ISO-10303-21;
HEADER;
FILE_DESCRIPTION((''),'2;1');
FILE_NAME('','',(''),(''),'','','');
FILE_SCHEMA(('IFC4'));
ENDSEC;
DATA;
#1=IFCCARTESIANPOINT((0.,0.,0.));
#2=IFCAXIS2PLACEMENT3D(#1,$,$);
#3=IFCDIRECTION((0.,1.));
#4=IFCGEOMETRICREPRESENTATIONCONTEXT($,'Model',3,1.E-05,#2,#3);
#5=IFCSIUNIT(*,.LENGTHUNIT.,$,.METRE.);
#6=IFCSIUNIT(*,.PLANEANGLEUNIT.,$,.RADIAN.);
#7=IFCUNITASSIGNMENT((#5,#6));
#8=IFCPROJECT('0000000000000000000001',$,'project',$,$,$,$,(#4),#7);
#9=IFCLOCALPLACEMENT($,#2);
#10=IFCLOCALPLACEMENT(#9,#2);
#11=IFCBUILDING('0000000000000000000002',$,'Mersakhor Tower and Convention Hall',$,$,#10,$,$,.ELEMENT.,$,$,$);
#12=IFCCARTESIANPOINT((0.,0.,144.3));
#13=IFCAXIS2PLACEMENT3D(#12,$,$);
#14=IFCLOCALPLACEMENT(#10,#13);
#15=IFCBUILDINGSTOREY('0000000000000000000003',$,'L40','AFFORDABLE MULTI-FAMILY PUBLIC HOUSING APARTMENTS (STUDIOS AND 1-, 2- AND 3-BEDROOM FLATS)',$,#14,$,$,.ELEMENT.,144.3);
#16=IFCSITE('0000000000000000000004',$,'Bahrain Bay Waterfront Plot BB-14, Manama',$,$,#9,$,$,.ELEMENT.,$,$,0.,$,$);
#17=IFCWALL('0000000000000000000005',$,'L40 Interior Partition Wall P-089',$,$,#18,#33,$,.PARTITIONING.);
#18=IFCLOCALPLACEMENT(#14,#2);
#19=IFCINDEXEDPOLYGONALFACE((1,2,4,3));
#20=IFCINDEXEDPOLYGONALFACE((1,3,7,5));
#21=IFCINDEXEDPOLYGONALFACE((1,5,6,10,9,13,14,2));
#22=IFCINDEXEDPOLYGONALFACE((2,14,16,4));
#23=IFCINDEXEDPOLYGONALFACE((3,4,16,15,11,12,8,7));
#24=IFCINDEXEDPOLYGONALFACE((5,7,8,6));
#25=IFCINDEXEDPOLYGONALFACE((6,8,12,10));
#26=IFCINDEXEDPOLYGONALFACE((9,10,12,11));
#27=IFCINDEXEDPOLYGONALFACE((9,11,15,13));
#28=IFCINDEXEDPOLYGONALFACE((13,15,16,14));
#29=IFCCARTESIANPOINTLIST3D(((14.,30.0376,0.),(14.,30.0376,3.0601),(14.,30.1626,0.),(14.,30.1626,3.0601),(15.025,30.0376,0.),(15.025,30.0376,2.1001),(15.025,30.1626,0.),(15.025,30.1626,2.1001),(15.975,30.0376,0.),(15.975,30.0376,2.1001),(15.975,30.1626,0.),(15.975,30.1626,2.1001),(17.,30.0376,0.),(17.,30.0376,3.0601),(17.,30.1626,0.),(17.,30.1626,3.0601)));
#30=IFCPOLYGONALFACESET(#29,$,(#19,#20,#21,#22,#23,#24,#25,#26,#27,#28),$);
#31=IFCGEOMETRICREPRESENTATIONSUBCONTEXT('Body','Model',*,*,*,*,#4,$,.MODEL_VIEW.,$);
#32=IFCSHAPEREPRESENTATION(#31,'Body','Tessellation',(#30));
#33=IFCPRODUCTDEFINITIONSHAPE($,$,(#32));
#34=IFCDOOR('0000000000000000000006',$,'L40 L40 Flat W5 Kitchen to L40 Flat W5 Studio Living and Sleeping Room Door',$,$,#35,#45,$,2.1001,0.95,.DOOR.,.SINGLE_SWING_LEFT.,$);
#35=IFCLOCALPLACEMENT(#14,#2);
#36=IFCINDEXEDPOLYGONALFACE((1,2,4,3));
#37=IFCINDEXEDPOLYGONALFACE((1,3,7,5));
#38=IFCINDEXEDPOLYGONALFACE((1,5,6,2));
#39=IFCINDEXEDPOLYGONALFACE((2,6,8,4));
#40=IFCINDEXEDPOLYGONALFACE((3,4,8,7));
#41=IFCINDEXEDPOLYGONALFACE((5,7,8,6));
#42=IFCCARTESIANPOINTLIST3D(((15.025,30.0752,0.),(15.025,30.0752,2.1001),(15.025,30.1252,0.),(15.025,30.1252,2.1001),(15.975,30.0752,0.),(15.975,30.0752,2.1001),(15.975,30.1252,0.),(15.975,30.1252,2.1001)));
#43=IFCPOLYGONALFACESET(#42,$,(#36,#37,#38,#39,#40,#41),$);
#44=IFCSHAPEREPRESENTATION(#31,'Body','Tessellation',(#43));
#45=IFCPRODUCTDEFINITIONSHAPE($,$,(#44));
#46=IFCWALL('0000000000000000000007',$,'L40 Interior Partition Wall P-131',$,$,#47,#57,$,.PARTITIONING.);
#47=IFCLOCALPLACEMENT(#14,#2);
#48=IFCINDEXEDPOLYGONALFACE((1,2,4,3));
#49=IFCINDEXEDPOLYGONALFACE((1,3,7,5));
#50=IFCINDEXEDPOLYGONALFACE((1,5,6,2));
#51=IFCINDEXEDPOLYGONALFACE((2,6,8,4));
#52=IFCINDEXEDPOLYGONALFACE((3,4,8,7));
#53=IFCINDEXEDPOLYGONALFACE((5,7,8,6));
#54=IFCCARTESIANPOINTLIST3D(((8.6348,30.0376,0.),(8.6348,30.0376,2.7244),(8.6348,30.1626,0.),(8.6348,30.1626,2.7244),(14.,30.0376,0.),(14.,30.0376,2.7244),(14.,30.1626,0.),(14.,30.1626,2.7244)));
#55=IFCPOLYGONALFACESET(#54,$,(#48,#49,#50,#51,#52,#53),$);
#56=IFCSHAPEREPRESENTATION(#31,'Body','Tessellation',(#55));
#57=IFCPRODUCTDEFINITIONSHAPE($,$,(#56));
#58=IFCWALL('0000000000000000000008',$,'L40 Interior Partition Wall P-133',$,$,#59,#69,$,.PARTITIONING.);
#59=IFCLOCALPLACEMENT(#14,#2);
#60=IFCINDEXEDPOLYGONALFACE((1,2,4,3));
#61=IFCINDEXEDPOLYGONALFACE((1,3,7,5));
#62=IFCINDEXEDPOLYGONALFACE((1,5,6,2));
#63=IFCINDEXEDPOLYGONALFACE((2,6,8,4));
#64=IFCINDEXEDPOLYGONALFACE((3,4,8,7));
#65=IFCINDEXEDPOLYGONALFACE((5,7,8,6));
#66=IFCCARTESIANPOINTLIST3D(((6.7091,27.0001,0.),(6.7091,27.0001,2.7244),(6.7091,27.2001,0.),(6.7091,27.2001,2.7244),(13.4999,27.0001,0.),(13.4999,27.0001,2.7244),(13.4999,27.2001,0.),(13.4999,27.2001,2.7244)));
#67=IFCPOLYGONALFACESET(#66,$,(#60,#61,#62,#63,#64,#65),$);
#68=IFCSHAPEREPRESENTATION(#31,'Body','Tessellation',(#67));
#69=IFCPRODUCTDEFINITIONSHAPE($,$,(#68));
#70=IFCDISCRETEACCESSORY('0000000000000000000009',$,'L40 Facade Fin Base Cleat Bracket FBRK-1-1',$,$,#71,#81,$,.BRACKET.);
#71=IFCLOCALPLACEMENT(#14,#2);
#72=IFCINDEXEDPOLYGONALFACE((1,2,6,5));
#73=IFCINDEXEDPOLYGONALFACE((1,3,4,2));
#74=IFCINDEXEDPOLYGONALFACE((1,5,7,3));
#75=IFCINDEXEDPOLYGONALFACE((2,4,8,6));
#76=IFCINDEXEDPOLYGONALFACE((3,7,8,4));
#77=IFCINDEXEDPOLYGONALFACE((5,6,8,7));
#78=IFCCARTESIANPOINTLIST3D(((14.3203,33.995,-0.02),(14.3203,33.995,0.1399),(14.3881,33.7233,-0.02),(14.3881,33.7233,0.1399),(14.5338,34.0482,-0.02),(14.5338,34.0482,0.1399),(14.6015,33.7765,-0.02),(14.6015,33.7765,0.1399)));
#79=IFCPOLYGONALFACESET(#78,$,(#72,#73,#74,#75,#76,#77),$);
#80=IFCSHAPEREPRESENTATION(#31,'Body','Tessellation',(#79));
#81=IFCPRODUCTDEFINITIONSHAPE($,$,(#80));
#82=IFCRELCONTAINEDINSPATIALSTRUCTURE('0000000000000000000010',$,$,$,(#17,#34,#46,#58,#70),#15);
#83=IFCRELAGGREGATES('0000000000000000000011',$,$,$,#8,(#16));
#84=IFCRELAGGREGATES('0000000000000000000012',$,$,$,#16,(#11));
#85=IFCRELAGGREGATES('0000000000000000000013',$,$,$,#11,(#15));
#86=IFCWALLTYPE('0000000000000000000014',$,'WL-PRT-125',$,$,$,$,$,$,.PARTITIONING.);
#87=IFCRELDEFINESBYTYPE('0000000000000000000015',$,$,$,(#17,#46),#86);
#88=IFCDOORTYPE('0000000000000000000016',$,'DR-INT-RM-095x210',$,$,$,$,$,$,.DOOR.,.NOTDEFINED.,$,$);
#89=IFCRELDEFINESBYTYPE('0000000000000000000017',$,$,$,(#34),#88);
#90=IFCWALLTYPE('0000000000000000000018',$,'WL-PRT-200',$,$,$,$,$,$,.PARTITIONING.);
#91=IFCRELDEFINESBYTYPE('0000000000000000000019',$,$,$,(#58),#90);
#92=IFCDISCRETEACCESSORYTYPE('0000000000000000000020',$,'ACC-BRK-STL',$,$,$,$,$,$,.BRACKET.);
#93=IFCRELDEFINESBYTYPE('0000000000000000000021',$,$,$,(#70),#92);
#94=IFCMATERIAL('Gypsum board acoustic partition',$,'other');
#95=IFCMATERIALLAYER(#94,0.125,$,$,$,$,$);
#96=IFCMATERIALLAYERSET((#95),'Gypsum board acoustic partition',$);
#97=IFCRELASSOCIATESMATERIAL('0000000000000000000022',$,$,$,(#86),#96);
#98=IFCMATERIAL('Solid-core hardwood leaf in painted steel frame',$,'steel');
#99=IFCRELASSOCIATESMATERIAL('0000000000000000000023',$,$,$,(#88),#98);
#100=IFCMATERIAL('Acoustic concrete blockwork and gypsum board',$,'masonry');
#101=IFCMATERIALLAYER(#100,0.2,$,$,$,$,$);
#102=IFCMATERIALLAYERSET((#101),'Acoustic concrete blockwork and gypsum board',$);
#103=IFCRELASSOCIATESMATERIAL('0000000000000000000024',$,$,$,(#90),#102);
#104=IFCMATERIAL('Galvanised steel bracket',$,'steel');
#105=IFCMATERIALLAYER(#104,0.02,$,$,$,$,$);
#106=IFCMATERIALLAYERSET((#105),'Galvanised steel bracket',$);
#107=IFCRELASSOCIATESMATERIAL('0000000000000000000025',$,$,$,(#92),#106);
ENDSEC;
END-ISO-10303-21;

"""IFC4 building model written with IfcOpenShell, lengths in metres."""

from ifc_helpers import new_model, si_unit, direction, frame, frame_2d, origin, origin_2d, place, context, subcontext, project, spatial, rectangle, extrude, material, layer, layer_set, type_object, element, fill, save


model = new_model("IFC4")

# Units and contexts
model_context = context("Model", 3, precision=1e-05, world=origin(), true_north=direction((0.0, 1.0)))
body_context = subcontext(model_context, "Body", "Model", "MODEL_VIEW")
ifc_project = project(units=[si_unit("LENGTHUNIT", "METRE"), si_unit("PLANEANGLEUNIT", "RADIAN")], contexts=[model_context])

# Site, building, storey
site_placement = place(None, origin())
site = spatial("IfcSite", under=ifc_project, at=site_placement, Name="Bahrain Bay Waterfront Plot BB-14, Manama", CompositionType="ELEMENT", RefElevation=0.0)
building_placement = place(site_placement, origin())
building = spatial("IfcBuilding", under=site, at=building_placement, Name="Mersakhor Tower and Convention Hall", CompositionType="ELEMENT")
storey_placement = place(building_placement, frame((0.0, 0.0, 144.3)))
storey = spatial("IfcBuildingStorey", under=building, at=storey_placement, Name="L40", Description="AFFORDABLE MULTI-FAMILY PUBLIC HOUSING APARTMENTS (STUDIOS AND 1-, 2- AND 3-BEDROOM FLATS)", CompositionType="ELEMENT", Elevation=144.3)

# Wall, opening, door
ifc_material_1 = material(Name="Gypsum board acoustic partition", Category="other")
ifc_layer_1 = layer(ifc_material_1, 0.125)
ifc_layer_set_1 = layer_set([ifc_layer_1], Name="Gypsum board acoustic partition")
wall_type_1 = type_object("IfcWallType", Name="WL-PRT-125", PredefinedType="PARTITIONING", material=ifc_layer_set_1)
wall_1_placement = place(storey_placement, frame((17.0, 30.1001, 0.0), z_axis=(0.0, 0.0, 1.0), x_axis=(-1.0, 0.0, 0.0)))
wall_1 = element("IfcWall", 1, at=wall_1_placement, inside=storey, type_object=wall_type_1, Name="L40 Interior Partition Wall P-089", PredefinedType="PARTITIONING", context=body_context, shape_type="SweptSolid", body=[
    extrude(rectangle(XDim=3.0, YDim=0.125, at=frame_2d((1.5, 0.0))), origin(), (0.0, 0.0, 1.0), 3.0601),
])
opening_1_placement = place(wall_1_placement, frame((1.0249, 0.0, 0.0)))
opening_1 = element("IfcOpeningElement", 2, at=opening_1_placement, cuts=wall_1, PredefinedType="OPENING", context=body_context, shape_type="SweptSolid", body=[
    extrude(rectangle(XDim=0.95, YDim=2.1001, at=frame_2d((0.4751, 1.05))), frame((0.0, 0.0725, 0.0), z_axis=(0.0, -1.0, 0.0), x_axis=(1.0, 0.0, 0.0)), (0.0, 0.0, 1.0), 0.145),
])
ifc_material_2 = material(Name="Solid-core hardwood leaf in painted steel frame", Category="steel")
door_type_1 = type_object("IfcDoorType", Name="DR-INT-RM-095x210", OperationType="NOTDEFINED", PredefinedType="DOOR", material=ifc_material_2)
door_1_placement = place(opening_1_placement, origin())
door_1 = element("IfcDoor", 3, at=door_1_placement, inside=storey, type_object=door_type_1, Name="L40 L40 Flat W5 Kitchen to L40 Flat W5 Studio Living and Sleeping Room Door", OperationType="SINGLE_SWING_LEFT", OverallHeight=2.1001, OverallWidth=0.95, PredefinedType="DOOR", context=body_context, shape_type="SweptSolid", body=[
    extrude(rectangle(XDim=0.95, YDim=2.1001, at=frame_2d((0.4751, 1.05))), frame((0.0, 0.0249, 0.0), z_axis=(0.0, -1.0, 0.0), x_axis=(1.0, 0.0, 0.0)), (0.0, 0.0, 1.0), 0.05),
])
fill(opening_1, door_1)

# Walls
wall_2_placement = place(storey_placement, frame((8.6348, 30.1001, 0.0), z_axis=(0.0, 0.0, 1.0), x_axis=(1.0, 0.0, 0.0)))
element("IfcWall", 4, at=wall_2_placement, inside=storey, type_object=wall_type_1, Name="L40 Interior Partition Wall P-131", PredefinedType="PARTITIONING", context=body_context, shape_type="SweptSolid", body=[
    extrude(rectangle(XDim=5.3652, YDim=0.125, at=frame_2d((2.6826, 0.0))), origin(), (0.0, 0.0, 1.0), 2.7244),
])
ifc_material_3 = material(Name="Acoustic concrete blockwork and gypsum board", Category="masonry")
ifc_layer_2 = layer(ifc_material_3, 0.2)
ifc_layer_set_2 = layer_set([ifc_layer_2], Name="Acoustic concrete blockwork and gypsum board")
wall_type_2 = type_object("IfcWallType", Name="WL-PRT-200", PredefinedType="PARTITIONING", material=ifc_layer_set_2)
wall_3_placement = place(storey_placement, frame((13.5, 27.1001, 0.0), z_axis=(0.0, 0.0, 1.0), x_axis=(-1.0, 0.0, 0.0)))
element("IfcWall", 5, at=wall_3_placement, inside=storey, type_object=wall_type_2, Name="L40 Interior Partition Wall P-133", PredefinedType="PARTITIONING", context=body_context, shape_type="SweptSolid", body=[
    extrude(rectangle(XDim=6.7908, YDim=0.2, at=frame_2d((3.3955, 0.0))), origin(), (0.0, 0.0, 1.0), 2.7244),
])

# Discrete accessory
ifc_material_4 = material(Name="Galvanised steel bracket", Category="steel")
ifc_layer_3 = layer(ifc_material_4, 0.02)
ifc_layer_set_3 = layer_set([ifc_layer_3], Name="Galvanised steel bracket")
discrete_accessory_type = type_object("IfcDiscreteAccessoryType", Name="ACC-BRK-STL", PredefinedType="BRACKET", material=ifc_layer_set_3)
discrete_accessory_placement = place(storey_placement, frame((14.4609, 33.8857, -0.02), z_axis=(0.0, 0.0, 1.0), x_axis=(-0.241922, 0.970296, 0.0)))
element("IfcDiscreteAccessory", 6, at=discrete_accessory_placement, inside=storey, type_object=discrete_accessory_type, Name="L40 Facade Fin Base Cleat Bracket FBRK-1-1", PredefinedType="BRACKET", context=body_context, shape_type="SweptSolid", body=[
    extrude(rectangle(XDim=0.28, YDim=0.22, at=origin_2d()), origin(), (0.0, 0.0, 1.0), 0.1599),
])

save(model, "model.ifc")
